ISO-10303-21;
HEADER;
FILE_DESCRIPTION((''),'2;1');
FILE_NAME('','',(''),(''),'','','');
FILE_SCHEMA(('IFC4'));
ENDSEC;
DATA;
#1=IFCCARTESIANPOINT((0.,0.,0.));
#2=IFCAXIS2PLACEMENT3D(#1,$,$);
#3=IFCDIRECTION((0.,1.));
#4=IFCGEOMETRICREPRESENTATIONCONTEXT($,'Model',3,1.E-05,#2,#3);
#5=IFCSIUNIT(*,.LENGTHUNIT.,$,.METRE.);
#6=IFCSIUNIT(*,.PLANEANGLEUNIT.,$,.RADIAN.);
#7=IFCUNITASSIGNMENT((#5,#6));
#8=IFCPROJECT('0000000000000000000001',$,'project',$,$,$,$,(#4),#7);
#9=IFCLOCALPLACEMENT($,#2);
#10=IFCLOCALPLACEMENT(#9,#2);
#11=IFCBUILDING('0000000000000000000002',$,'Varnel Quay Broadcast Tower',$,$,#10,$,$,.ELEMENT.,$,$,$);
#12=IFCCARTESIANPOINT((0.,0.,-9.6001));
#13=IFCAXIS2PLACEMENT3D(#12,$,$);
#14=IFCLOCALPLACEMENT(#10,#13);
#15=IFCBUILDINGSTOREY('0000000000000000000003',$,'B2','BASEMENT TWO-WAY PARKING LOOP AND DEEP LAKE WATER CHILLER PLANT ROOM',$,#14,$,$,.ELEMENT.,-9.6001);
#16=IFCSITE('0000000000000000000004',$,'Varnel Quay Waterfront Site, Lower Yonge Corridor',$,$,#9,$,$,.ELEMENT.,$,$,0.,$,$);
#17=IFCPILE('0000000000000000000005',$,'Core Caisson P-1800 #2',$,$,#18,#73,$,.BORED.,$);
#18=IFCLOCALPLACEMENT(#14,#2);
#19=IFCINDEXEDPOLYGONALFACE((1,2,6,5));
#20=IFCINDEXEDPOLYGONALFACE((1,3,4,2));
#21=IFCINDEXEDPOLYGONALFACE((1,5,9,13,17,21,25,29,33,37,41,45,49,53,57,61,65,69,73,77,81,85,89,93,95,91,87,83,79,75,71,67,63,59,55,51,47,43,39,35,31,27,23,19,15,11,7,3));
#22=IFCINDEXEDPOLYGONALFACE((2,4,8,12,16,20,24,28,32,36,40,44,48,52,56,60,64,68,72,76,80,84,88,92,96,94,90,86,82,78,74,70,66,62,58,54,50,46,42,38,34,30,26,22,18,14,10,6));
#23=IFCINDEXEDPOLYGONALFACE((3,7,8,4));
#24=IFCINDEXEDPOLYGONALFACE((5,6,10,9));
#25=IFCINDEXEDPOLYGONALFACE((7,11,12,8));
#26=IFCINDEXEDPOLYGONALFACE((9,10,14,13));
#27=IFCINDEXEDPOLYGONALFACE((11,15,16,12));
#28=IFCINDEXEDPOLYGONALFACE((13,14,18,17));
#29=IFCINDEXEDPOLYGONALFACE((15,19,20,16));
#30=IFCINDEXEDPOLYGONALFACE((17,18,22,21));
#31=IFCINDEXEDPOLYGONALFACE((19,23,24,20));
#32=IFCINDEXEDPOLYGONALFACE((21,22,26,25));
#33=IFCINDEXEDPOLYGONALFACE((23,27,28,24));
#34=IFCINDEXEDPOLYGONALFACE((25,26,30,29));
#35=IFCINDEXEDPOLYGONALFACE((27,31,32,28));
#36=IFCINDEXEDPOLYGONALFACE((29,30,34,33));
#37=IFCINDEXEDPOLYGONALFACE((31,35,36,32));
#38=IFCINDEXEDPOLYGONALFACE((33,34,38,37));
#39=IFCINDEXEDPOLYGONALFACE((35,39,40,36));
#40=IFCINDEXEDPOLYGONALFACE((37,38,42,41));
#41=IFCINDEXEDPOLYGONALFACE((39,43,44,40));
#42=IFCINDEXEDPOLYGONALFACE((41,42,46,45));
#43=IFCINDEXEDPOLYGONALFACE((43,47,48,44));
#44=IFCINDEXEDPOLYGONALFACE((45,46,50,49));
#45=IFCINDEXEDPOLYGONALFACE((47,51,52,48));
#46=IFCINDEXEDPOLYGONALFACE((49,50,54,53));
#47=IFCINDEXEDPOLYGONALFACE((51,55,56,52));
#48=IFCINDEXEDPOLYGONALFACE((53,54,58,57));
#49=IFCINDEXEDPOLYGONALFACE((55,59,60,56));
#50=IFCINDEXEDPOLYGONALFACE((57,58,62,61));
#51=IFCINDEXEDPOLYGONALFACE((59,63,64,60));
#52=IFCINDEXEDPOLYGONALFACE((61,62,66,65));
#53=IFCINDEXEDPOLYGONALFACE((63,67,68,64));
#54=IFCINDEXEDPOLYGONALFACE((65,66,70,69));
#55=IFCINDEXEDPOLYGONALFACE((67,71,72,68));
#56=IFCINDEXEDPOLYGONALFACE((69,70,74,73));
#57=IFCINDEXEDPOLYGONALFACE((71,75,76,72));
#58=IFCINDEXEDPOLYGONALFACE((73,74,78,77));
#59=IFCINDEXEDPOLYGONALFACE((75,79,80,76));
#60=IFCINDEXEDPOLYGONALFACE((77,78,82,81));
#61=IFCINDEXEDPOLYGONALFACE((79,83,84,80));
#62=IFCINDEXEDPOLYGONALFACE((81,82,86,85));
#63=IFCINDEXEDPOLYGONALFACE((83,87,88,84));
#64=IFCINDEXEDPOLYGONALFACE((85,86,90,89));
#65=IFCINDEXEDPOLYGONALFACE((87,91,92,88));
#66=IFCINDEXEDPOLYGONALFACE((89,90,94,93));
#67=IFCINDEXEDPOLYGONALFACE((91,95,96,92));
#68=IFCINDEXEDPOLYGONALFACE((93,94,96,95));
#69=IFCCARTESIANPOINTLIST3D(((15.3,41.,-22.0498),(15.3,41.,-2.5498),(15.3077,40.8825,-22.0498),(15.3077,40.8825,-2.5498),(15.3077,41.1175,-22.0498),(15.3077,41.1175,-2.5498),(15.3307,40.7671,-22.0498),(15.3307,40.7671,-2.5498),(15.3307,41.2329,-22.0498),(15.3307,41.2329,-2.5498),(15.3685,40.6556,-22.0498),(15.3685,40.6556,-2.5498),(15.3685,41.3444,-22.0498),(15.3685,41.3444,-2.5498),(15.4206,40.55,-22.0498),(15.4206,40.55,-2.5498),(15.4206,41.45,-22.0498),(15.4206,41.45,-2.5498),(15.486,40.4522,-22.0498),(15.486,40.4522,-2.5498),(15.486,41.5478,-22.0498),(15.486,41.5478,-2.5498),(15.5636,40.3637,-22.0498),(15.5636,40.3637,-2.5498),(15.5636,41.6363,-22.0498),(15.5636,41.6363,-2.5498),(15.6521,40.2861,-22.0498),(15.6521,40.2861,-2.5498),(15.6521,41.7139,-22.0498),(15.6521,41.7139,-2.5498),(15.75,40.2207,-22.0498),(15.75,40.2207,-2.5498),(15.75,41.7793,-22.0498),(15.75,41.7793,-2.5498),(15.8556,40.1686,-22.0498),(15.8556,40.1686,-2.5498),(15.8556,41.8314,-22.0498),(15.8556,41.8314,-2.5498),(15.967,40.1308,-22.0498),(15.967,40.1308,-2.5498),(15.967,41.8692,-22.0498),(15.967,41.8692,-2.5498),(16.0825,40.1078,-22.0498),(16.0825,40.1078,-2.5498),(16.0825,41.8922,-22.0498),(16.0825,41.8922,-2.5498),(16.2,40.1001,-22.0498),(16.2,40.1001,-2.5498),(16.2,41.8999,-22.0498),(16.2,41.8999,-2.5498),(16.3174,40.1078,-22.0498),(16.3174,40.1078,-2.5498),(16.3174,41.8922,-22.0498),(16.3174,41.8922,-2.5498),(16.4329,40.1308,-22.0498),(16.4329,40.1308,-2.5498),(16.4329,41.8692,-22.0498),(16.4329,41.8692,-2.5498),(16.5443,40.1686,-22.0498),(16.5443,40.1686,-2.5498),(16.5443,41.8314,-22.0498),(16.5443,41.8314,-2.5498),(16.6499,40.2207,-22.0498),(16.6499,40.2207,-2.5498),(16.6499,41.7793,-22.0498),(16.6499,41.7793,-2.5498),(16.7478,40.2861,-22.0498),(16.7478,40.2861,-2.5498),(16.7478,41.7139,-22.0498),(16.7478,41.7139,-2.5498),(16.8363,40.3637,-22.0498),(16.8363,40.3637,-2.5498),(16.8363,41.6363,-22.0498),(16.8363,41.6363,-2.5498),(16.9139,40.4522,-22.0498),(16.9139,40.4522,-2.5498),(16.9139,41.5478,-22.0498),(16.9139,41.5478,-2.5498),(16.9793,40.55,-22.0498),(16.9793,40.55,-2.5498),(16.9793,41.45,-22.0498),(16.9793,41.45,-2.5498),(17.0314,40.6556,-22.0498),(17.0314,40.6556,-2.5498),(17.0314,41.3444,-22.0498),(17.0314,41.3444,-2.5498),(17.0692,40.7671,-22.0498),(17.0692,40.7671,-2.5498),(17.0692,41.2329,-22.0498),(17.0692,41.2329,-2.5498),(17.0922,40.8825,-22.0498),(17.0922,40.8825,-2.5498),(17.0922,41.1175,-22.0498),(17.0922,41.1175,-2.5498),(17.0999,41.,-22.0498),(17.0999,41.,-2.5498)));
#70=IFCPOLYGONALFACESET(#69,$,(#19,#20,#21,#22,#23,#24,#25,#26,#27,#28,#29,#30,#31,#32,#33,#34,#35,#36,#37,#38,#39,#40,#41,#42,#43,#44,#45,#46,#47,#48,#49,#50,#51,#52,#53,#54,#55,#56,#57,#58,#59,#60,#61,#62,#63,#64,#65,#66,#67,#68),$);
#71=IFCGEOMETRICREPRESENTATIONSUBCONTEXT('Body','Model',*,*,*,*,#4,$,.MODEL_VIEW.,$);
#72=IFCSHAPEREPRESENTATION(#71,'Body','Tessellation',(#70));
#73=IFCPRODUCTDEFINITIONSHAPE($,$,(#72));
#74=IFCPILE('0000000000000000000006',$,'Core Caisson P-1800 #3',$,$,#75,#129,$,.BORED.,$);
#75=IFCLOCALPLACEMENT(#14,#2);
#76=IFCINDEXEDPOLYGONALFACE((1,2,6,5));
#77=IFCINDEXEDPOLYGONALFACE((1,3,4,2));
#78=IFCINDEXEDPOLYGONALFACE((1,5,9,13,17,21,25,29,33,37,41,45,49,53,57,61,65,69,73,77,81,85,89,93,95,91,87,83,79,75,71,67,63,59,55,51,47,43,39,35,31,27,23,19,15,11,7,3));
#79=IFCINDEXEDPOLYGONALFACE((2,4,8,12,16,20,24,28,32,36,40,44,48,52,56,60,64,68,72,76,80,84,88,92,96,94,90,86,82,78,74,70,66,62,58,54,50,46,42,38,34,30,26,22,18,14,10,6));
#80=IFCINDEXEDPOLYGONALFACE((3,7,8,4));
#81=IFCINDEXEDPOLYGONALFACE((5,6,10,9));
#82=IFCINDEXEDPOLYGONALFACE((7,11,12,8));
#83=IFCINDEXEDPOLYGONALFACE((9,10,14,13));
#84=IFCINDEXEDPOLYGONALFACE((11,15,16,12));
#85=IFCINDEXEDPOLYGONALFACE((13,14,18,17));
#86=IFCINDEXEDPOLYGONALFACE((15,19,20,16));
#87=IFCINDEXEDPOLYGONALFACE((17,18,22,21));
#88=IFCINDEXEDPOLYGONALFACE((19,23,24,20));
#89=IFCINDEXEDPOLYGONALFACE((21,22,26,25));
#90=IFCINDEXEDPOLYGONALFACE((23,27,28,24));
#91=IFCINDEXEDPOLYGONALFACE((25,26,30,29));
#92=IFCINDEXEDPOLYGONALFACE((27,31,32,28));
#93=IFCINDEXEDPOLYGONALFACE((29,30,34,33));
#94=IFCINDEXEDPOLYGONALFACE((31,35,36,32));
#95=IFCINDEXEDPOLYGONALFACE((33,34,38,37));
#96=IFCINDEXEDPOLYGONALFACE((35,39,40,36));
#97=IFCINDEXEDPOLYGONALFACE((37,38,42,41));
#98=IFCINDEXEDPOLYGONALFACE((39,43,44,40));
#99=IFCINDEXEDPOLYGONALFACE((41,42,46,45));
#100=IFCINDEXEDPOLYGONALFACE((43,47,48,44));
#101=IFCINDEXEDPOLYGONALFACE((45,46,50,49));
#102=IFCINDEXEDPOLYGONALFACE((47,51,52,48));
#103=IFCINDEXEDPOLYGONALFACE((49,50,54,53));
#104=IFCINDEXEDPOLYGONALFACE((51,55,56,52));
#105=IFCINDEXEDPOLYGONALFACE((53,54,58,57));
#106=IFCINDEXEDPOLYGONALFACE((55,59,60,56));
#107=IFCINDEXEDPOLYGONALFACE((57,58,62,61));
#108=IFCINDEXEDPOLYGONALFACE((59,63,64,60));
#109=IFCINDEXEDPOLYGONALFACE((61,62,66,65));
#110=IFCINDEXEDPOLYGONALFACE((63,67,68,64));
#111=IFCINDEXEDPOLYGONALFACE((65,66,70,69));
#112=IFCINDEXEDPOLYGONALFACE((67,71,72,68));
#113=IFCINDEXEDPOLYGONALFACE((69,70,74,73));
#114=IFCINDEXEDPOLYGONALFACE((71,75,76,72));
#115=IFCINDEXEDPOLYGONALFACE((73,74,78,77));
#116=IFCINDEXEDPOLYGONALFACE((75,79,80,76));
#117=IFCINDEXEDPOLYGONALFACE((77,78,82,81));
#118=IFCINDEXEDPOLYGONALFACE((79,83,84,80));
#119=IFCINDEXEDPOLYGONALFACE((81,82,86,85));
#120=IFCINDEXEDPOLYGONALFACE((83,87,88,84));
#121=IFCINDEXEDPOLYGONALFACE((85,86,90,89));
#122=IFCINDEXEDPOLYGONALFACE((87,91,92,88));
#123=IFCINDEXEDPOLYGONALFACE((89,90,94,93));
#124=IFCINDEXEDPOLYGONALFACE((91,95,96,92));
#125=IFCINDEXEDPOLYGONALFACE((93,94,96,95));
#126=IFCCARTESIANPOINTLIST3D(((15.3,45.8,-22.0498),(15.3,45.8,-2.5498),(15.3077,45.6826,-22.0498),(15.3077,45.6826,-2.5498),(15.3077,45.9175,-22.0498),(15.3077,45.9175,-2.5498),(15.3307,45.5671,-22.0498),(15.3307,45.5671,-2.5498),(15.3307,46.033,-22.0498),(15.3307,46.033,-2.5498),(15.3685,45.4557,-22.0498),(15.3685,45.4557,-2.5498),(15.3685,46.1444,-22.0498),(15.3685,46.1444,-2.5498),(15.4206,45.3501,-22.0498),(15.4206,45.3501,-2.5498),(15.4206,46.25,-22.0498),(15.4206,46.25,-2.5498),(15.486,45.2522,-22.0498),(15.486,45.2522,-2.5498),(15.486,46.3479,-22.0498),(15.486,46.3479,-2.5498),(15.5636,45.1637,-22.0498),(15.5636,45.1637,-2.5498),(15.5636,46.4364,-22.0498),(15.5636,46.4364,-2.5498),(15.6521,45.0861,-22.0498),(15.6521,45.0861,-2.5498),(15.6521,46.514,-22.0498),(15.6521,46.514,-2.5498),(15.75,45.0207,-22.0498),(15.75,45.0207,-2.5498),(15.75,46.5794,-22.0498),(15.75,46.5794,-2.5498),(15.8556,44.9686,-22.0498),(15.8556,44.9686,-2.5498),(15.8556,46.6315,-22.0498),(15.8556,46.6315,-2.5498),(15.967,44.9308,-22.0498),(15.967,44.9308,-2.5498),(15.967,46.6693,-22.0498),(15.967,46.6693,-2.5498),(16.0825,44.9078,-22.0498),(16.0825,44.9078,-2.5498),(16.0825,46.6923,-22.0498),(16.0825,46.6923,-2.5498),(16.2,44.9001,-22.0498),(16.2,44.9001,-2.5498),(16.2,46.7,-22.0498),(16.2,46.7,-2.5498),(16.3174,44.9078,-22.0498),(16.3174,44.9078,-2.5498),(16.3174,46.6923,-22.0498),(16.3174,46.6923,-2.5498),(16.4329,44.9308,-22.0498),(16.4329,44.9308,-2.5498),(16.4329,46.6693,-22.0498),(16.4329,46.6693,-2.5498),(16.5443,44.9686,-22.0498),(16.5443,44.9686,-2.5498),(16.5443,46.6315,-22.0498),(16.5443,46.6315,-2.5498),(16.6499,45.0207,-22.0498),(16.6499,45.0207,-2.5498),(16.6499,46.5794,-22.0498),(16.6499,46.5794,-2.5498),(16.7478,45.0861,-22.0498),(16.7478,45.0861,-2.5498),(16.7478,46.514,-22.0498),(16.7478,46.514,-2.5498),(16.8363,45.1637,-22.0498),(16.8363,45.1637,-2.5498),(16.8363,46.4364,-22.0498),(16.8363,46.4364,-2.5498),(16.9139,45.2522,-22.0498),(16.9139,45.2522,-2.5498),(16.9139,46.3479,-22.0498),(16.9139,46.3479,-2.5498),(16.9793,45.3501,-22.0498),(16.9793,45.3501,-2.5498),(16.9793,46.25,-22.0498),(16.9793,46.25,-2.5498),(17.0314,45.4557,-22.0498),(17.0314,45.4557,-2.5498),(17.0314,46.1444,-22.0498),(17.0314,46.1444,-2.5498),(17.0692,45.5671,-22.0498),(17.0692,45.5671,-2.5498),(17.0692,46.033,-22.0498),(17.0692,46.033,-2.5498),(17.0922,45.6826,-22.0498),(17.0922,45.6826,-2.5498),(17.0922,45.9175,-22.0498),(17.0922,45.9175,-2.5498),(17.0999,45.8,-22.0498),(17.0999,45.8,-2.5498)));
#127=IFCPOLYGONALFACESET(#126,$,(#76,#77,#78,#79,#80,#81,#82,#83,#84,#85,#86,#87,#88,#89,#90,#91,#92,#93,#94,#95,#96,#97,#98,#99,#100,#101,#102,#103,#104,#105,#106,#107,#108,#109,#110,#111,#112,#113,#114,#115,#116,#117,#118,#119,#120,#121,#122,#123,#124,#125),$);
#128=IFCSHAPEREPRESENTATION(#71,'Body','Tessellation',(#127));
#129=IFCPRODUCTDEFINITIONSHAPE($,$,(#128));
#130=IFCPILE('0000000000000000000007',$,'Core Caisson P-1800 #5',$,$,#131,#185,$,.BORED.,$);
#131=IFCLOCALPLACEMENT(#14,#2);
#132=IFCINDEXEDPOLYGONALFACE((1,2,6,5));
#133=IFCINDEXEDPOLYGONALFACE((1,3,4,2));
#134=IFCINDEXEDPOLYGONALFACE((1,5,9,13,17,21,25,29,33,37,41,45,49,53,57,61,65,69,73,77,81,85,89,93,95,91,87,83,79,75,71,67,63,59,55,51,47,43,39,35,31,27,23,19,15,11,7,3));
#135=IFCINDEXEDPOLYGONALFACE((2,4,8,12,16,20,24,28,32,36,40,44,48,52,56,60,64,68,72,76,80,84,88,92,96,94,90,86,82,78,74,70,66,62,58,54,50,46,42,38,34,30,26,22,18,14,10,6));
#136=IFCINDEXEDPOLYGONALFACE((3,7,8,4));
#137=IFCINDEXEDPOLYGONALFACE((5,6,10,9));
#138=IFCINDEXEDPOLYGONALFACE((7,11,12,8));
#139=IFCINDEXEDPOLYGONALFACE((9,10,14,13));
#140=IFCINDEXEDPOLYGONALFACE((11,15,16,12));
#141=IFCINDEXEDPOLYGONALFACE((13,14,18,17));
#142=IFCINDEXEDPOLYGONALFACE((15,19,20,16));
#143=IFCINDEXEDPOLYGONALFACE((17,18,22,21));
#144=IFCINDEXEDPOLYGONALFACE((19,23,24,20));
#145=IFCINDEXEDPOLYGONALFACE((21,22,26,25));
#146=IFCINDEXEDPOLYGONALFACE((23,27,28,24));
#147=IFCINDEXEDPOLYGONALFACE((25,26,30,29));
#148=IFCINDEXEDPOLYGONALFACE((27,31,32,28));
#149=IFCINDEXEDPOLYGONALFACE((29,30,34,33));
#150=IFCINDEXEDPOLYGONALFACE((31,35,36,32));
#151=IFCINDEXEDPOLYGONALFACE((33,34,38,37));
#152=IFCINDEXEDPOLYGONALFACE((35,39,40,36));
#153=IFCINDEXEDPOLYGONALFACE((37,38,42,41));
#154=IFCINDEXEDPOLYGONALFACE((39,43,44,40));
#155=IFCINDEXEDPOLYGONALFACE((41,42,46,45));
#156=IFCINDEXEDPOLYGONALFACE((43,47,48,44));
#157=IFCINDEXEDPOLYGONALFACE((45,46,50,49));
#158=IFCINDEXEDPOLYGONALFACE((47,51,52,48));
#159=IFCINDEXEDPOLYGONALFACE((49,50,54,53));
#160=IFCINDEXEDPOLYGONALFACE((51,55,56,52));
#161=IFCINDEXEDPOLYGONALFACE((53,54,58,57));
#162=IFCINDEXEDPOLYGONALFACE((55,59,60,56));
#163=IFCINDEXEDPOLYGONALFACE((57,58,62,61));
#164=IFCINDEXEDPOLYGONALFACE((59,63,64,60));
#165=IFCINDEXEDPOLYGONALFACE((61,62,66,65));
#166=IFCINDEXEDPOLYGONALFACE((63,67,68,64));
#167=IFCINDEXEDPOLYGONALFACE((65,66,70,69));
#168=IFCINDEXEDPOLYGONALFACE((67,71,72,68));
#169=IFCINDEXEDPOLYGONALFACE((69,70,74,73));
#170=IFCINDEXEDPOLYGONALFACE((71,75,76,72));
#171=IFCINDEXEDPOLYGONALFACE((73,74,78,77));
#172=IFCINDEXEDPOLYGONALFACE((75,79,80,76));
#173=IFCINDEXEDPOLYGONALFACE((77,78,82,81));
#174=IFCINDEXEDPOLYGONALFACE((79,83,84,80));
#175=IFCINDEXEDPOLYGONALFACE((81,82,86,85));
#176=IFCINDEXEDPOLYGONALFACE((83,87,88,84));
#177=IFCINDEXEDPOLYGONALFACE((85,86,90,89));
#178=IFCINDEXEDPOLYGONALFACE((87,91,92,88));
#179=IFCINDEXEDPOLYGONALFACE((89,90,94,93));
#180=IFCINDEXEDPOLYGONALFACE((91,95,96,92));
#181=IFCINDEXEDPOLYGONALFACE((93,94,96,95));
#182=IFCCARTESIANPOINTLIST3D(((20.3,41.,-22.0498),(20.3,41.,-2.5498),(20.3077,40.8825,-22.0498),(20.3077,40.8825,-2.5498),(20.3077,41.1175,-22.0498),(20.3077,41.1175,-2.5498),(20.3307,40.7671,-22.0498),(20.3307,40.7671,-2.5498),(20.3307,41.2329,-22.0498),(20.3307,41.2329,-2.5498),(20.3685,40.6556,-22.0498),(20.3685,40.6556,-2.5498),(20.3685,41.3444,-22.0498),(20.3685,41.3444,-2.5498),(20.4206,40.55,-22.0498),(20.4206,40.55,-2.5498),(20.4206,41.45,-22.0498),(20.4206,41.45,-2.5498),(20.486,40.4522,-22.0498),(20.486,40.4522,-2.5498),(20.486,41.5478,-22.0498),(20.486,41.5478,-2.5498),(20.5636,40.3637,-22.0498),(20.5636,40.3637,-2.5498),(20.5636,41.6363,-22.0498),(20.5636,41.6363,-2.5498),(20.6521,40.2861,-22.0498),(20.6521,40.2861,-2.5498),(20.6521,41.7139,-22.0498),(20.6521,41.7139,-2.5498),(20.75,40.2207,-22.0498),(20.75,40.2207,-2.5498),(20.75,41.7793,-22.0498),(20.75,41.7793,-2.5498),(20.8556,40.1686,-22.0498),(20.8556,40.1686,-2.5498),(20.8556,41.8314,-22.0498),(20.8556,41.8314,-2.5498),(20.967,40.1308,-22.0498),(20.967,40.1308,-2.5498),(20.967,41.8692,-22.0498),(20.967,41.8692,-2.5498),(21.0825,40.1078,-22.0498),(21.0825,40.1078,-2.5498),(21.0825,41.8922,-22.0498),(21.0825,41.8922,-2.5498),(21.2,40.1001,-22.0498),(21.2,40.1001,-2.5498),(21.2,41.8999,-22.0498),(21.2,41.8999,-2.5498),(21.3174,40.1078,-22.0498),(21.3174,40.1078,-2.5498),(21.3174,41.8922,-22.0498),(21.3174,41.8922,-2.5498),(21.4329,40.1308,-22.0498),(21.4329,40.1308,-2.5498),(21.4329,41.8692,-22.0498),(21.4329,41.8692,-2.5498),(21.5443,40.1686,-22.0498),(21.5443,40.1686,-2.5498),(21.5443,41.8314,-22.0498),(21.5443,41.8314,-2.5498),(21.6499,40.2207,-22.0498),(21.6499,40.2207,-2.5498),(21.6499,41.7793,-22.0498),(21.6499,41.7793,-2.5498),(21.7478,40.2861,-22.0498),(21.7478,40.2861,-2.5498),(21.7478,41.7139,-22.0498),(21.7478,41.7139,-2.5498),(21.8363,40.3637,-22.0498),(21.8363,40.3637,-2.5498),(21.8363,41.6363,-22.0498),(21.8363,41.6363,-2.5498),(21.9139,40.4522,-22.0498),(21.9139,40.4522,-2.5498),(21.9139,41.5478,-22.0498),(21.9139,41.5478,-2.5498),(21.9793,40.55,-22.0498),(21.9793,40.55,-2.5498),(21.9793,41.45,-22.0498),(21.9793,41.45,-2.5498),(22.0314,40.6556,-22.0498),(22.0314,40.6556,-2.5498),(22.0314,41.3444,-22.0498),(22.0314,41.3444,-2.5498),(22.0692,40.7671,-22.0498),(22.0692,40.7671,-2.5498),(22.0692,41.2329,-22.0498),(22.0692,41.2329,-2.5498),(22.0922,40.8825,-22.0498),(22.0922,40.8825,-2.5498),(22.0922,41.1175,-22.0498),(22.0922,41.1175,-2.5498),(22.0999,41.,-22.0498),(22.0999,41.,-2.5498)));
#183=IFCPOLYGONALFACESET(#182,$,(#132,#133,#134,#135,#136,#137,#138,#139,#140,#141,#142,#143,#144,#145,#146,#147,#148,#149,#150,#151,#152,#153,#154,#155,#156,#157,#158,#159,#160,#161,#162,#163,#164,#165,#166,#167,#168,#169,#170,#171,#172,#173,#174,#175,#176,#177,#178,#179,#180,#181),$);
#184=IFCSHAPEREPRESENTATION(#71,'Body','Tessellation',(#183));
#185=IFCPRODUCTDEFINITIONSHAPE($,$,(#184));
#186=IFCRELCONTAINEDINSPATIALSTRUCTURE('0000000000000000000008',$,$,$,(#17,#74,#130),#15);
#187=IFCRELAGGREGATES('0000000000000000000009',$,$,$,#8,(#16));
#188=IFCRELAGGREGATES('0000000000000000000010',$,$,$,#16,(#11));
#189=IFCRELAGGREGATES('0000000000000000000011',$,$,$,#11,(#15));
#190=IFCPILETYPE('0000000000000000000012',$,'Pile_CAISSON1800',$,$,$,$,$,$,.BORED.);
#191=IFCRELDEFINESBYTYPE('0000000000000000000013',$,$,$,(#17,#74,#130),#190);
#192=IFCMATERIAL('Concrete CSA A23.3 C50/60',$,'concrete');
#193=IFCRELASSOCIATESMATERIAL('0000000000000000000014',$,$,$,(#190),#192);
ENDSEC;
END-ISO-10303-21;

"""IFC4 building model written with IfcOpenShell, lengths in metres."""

from ifc_helpers import new_model, si_unit, direction, frame, origin, origin_2d, place, context, subcontext, project, spatial, circle, extrude, source, transform, mapped, material, material_profile, profile_set, type_object, type_shapes, element, save


model = new_model("IFC4")

# Units and contexts
model_context = context("Model", 3, precision=1e-05, world=origin(), true_north=direction((0.0, 1.0)))
body_context = subcontext(model_context, "Body", "Model", "MODEL_VIEW")
ifc_project = project(units=[si_unit("LENGTHUNIT", "METRE"), si_unit("PLANEANGLEUNIT", "RADIAN")], contexts=[model_context])

# Site, building, storey
site_placement = place(None, origin())
site = spatial("IfcSite", under=ifc_project, at=site_placement, Name="Varnel Quay Waterfront Site, Lower Yonge Corridor", CompositionType="ELEMENT", RefElevation=0.0)
building_placement = place(site_placement, origin())
building = spatial("IfcBuilding", under=site, at=building_placement, Name="Varnel Quay Broadcast Tower", CompositionType="ELEMENT")
storey_placement = place(building_placement, frame((0.0, 0.0, -9.6001)))
storey = spatial("IfcBuildingStorey", under=building, at=storey_placement, Name="B2", Description="BASEMENT TWO-WAY PARKING LOOP AND DEEP LAKE WATER CHILLER PLANT ROOM", CompositionType="ELEMENT", Elevation=-9.6001)

# Piles
ifc_material_1 = material(Name="Concrete CSA A23.3 C50/60", Category="concrete")
ifc_material_profile_1 = material_profile(ifc_material_1, circle(Radius=0.8999, at=origin_2d()), Name="CAISSON1800")
ifc_profile_set_1 = profile_set([ifc_material_profile_1], Name="Concrete CSA A23.3 C50/60")
pile_type = type_object("IfcPileType", Name="Pile_CAISSON1800", PredefinedType="BORED", material=ifc_profile_set_1)
shared_shape_1 = source(origin(), body_context, "Body", "SweptSolid", [
    extrude(circle(Radius=0.8999, at=origin_2d()), origin(), (0.0, 0.0, 1.0), 19.5),
])
type_shapes(pile_type, [shared_shape_1])
for number, where, z_axis, x_axis, name in (
    (1, (16.2, 41.0, -2.5498), (0.0, 0.0, -1.0), (1.0, 0.0, 0.0), "Core Caisson P-1800 #2"),
    (2, (16.2, 45.8, -2.5498), (0.0, 0.0, -1.0), (1.0, 0.0, 0.0), "Core Caisson P-1800 #3"),
    (3, (21.2, 41.0, -2.5498), (0.0, 0.0, -1.0), (1.0, 0.0, 0.0), "Core Caisson P-1800 #5"),
):
    element("IfcPile", number, at=place(storey_placement, frame(where, z_axis=z_axis, x_axis=x_axis)), inside=storey, type_object=pile_type, Name=name, PredefinedType="BORED", context=body_context, shape_type="MappedRepresentation", body=[
        mapped(shared_shape_1, transform((0.0, 0.0, 0.0), x_axis=(1.0, 0.0, 0.0), y_axis=(0.0, 1.0, 0.0), z_axis=(0.0, 0.0, 1.0), scale=1.0)),
    ])

save(model, "model.ifc")
